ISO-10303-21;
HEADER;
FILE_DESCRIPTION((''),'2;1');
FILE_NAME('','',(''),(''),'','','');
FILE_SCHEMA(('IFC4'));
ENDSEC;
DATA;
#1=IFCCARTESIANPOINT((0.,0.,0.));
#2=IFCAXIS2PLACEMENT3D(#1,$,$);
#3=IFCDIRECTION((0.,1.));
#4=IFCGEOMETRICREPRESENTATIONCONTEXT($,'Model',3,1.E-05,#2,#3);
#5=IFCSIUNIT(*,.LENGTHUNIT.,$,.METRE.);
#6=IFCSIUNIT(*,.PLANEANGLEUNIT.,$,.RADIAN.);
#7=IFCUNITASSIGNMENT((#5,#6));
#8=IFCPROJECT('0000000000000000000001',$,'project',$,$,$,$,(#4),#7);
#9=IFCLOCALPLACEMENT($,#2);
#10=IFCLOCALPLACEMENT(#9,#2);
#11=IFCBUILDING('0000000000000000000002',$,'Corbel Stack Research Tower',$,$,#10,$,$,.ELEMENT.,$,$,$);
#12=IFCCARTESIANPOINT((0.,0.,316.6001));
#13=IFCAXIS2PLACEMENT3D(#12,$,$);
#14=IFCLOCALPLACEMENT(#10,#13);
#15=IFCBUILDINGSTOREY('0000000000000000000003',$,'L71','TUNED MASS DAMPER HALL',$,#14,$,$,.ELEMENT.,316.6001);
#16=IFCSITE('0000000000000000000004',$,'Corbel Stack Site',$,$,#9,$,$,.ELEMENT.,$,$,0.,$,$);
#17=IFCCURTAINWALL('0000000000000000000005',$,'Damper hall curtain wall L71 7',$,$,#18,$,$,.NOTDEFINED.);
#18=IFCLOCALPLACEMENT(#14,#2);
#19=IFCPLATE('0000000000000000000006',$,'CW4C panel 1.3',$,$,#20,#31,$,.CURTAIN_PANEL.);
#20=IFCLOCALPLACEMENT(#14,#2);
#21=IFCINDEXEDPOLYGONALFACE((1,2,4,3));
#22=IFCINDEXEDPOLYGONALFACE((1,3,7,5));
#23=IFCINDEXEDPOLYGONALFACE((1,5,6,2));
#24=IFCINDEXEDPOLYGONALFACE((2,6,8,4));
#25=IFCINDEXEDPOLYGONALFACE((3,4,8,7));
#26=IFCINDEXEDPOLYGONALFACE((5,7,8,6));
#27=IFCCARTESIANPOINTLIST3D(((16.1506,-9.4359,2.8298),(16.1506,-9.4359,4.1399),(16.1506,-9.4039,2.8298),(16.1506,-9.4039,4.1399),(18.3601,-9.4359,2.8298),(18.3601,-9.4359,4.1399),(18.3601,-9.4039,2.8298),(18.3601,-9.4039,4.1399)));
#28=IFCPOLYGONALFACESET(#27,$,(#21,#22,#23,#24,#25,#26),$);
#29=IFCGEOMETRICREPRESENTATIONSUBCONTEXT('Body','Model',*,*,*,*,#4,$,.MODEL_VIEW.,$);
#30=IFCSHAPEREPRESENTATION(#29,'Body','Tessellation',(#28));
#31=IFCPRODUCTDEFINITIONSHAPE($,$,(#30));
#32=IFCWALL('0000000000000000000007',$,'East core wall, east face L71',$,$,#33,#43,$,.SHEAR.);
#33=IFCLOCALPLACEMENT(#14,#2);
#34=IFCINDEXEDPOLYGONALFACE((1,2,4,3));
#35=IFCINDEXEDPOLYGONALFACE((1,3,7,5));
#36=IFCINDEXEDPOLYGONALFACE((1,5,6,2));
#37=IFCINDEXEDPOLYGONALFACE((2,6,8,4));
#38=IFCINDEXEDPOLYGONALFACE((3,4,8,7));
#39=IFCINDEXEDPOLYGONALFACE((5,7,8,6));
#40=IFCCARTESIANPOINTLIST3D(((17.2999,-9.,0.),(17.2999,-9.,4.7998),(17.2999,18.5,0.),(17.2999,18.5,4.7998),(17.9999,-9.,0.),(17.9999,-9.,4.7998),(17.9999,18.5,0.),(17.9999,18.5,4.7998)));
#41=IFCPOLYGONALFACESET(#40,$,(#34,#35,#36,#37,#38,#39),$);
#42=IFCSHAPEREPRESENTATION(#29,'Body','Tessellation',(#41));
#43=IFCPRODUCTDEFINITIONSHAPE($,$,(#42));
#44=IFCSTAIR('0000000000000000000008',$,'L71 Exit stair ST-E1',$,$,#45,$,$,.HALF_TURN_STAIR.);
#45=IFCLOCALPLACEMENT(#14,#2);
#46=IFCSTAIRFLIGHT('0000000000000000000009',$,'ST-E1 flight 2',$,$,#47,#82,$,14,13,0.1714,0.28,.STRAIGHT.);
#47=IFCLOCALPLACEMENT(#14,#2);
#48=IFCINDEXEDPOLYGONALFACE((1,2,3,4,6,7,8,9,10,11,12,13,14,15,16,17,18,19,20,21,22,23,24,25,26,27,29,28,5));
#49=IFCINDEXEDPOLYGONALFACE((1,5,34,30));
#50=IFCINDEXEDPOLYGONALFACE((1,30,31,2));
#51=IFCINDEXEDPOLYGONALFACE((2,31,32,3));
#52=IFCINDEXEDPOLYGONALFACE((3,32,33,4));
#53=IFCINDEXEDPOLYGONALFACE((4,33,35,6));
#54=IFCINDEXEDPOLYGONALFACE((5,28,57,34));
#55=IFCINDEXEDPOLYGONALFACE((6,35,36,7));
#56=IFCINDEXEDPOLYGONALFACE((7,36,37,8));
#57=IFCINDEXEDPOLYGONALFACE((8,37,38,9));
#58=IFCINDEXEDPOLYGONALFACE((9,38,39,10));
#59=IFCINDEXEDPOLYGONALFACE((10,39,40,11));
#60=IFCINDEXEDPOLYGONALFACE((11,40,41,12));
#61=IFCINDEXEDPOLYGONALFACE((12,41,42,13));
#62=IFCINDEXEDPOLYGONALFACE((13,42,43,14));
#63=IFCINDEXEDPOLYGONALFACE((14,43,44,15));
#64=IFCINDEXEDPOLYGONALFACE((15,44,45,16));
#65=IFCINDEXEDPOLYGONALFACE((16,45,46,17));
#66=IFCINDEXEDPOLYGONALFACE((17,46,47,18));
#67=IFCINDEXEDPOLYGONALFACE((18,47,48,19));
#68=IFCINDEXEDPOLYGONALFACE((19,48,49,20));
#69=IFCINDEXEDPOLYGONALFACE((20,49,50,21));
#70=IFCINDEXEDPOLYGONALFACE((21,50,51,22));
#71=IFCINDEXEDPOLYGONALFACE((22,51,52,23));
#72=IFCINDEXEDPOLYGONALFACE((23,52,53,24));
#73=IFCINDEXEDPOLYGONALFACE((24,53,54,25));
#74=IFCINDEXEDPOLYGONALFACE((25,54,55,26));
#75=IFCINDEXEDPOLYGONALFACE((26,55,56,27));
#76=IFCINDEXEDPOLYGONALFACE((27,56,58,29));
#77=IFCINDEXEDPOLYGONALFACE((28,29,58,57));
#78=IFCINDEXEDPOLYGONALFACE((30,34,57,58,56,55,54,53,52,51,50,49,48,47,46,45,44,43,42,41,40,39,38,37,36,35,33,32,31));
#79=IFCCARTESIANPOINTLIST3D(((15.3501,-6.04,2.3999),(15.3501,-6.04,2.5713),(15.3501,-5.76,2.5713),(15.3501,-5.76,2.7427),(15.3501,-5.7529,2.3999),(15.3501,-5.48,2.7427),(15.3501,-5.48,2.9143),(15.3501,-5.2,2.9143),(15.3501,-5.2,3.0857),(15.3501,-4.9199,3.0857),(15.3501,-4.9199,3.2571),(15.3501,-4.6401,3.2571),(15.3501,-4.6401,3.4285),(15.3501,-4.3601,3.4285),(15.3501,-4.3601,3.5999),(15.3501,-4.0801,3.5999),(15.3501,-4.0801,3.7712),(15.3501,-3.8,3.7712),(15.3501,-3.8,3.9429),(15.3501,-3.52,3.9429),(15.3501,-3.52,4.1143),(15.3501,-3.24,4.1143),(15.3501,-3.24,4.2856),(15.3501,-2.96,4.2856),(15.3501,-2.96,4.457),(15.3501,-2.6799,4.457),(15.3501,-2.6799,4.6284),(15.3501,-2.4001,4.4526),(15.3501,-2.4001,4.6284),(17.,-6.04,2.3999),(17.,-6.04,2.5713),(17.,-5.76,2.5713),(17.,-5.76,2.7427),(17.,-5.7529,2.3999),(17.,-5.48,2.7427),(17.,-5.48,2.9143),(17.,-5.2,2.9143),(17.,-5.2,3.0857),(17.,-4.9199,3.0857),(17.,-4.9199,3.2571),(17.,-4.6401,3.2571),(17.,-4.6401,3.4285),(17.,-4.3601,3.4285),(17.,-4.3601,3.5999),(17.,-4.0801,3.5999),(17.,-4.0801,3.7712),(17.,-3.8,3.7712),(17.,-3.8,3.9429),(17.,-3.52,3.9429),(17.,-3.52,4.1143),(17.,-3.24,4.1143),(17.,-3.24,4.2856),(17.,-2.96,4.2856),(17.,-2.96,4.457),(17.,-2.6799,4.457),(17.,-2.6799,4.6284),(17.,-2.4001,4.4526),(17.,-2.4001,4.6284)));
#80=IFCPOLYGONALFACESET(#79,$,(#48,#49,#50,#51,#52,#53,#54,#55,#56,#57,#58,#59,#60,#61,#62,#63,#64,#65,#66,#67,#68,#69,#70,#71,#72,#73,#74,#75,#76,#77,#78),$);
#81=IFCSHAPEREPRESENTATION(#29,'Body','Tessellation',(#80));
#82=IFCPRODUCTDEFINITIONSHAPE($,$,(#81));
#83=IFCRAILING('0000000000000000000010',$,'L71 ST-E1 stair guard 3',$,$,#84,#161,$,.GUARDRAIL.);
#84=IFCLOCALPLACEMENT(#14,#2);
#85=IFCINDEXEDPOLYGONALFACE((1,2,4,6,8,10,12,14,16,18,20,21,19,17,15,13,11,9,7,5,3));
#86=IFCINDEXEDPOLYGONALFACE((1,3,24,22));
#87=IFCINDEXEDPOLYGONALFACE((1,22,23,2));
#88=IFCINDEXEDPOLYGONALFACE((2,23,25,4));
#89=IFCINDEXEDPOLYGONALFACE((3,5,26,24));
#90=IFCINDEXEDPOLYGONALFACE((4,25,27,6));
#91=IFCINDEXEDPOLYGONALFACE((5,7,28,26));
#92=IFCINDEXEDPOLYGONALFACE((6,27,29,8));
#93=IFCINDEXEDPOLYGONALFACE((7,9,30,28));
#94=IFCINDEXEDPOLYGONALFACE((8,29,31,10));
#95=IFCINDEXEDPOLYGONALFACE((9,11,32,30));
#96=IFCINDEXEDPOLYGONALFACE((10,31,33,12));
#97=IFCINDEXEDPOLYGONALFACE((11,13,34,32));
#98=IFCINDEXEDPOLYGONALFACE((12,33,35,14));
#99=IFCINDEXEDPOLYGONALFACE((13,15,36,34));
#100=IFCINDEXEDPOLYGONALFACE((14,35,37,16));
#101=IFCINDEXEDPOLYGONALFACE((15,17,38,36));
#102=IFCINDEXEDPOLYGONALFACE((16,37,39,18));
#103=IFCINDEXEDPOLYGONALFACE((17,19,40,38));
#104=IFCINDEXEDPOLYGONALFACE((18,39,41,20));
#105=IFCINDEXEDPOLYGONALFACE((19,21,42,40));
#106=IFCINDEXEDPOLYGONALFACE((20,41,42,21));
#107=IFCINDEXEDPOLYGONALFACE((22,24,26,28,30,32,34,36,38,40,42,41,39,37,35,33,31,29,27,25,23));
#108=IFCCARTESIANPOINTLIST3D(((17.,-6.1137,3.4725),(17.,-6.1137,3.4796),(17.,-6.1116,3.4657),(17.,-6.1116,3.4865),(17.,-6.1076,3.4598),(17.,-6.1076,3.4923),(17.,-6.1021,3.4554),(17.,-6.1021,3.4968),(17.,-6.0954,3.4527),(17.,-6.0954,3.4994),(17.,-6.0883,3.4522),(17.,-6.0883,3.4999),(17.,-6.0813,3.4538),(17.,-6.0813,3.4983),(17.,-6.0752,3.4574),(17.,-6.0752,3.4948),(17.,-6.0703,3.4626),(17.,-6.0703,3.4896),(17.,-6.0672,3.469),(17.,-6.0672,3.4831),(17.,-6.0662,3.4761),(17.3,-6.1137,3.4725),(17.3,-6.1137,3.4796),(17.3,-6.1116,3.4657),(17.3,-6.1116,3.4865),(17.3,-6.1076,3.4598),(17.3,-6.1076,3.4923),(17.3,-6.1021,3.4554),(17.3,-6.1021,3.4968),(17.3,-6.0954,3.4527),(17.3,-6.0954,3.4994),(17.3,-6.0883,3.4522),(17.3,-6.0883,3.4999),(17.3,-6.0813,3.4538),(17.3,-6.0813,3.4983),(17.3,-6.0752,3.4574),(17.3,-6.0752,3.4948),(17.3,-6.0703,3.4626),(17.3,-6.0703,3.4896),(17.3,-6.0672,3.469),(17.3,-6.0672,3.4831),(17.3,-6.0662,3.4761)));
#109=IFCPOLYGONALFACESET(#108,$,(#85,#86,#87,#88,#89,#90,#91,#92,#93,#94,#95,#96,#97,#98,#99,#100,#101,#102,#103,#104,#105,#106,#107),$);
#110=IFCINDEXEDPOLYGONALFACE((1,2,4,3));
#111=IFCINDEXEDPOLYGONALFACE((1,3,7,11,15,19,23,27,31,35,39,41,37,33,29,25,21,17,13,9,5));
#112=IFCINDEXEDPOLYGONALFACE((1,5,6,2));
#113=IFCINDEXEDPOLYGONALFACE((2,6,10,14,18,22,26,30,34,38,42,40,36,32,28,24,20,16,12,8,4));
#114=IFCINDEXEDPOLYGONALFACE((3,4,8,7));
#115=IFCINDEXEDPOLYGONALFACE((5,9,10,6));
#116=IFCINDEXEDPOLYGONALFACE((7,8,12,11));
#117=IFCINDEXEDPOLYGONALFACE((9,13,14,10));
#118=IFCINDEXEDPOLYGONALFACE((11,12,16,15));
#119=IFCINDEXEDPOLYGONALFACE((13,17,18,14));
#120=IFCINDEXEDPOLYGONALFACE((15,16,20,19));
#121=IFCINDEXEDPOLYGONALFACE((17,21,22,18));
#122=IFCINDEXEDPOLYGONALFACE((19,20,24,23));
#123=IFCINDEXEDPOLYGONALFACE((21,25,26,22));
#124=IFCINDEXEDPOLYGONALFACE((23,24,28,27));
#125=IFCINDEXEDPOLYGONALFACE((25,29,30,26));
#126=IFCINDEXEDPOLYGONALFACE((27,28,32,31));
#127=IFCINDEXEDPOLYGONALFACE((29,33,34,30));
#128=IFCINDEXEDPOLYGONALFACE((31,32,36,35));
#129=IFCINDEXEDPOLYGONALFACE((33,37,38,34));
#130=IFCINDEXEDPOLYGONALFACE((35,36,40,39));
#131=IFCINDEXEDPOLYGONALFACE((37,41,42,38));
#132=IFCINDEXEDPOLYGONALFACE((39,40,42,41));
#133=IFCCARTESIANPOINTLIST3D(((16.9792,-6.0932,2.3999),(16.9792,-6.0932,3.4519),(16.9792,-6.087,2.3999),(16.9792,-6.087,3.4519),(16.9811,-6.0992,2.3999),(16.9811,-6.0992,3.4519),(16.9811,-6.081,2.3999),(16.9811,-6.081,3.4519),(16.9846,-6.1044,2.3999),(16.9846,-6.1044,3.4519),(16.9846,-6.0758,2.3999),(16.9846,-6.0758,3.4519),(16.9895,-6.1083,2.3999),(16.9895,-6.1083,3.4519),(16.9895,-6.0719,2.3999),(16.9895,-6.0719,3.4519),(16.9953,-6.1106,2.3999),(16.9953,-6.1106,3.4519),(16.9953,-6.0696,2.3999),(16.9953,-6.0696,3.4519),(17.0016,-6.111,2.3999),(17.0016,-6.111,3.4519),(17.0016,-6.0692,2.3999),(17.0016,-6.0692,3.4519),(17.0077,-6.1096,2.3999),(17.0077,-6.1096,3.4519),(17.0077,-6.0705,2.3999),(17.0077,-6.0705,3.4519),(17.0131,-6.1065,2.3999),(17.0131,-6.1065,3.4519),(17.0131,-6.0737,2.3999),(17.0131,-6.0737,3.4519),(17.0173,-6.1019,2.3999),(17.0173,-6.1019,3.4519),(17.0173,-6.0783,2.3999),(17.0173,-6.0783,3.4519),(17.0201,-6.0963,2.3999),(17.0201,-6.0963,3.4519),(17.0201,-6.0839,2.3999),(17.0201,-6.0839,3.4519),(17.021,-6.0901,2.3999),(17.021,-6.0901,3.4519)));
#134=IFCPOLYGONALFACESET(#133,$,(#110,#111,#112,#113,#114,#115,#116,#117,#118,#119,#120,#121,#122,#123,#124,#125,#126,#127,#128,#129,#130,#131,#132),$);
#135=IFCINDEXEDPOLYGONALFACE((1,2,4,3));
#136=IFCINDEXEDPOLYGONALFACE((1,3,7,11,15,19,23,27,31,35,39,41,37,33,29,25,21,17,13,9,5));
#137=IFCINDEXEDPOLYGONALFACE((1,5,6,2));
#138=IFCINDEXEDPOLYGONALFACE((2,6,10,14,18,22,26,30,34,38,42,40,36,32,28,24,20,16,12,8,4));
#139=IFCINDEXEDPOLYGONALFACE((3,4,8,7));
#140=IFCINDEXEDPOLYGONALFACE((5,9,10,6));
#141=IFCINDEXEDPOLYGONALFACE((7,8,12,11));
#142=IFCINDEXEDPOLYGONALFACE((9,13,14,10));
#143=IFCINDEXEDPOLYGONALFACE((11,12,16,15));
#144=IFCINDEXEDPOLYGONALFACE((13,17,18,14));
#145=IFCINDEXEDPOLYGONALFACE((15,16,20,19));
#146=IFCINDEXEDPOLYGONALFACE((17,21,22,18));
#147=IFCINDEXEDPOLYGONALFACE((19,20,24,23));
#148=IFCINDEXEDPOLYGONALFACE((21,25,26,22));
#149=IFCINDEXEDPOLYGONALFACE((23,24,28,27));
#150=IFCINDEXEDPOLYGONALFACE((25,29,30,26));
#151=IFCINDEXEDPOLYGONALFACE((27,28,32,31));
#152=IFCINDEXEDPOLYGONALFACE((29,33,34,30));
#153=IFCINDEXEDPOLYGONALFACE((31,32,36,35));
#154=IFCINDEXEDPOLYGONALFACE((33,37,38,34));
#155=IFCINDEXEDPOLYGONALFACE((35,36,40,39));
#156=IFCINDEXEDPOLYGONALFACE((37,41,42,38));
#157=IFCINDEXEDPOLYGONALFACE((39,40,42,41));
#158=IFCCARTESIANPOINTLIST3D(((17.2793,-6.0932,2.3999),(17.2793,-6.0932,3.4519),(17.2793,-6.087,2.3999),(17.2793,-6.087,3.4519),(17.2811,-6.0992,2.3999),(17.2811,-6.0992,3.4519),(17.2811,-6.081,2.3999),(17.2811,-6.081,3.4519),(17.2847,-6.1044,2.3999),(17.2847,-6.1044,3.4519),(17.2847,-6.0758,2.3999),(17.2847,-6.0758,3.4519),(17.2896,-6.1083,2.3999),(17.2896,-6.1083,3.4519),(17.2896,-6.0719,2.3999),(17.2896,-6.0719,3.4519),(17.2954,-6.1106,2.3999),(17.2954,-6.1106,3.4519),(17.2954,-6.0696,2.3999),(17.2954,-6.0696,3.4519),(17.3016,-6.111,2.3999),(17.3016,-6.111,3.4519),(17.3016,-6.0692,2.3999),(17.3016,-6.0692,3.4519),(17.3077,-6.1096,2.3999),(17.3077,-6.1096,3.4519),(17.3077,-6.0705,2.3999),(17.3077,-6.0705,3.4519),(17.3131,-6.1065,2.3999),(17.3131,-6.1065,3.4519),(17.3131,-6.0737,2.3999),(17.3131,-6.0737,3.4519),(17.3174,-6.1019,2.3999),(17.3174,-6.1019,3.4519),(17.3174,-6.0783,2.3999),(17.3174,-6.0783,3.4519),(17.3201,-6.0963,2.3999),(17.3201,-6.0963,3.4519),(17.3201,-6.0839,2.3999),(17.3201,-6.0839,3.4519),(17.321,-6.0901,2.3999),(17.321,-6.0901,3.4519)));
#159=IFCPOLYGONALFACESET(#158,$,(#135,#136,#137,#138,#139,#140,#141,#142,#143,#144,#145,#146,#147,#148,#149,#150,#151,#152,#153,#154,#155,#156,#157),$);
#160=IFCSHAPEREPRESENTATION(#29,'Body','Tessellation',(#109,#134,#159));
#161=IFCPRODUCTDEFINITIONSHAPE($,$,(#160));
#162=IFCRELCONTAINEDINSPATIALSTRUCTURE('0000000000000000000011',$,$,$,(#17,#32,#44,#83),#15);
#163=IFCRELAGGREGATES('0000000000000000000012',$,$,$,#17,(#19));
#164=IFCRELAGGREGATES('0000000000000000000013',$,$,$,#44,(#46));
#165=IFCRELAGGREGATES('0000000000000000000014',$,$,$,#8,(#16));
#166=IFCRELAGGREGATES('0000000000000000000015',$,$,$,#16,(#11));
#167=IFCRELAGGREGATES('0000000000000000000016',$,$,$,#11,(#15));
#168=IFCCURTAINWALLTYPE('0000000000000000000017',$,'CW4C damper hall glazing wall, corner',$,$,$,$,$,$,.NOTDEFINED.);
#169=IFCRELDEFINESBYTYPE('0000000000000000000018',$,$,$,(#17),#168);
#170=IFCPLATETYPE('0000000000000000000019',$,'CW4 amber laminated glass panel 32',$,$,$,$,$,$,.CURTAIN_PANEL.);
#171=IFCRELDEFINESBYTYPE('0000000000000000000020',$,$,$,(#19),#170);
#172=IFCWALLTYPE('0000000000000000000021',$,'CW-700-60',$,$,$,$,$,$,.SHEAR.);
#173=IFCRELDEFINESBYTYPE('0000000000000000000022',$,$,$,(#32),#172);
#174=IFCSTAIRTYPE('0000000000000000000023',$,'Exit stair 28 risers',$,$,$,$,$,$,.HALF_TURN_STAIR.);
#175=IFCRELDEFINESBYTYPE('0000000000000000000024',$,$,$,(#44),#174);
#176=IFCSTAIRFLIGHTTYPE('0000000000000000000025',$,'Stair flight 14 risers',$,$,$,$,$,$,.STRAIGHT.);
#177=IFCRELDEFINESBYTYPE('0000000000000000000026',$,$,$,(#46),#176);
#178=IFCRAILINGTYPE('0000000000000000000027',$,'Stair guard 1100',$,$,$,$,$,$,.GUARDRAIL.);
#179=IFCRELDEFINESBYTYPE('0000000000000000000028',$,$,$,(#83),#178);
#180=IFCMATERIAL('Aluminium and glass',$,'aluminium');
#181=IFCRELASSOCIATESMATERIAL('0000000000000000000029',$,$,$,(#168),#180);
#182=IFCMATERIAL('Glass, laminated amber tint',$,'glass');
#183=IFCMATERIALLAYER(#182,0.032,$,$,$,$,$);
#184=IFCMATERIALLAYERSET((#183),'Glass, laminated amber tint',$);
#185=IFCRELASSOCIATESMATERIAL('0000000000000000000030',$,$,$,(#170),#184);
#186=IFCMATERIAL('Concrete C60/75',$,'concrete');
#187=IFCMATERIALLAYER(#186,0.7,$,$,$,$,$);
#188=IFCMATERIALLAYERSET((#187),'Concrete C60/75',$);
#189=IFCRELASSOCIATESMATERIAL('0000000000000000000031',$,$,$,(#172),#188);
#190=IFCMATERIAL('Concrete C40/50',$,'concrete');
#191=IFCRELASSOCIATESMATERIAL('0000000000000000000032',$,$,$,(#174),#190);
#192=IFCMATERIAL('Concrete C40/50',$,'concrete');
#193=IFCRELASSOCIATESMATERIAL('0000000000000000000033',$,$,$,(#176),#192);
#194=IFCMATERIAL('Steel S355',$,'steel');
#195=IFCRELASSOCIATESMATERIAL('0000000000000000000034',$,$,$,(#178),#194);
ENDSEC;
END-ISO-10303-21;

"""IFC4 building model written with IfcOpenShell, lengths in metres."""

from ifc_helpers import new_model, si_unit, direction, frame, frame_2d, origin, origin_2d, place, context, subcontext, project, spatial, polyline, rectangle, circle, outline, extrude, material, layer, layer_set, type_object, element, aggregate, save


model = new_model("IFC4")

# Units and contexts
model_context = context("Model", 3, precision=1e-05, world=origin(), true_north=direction((0.0, 1.0)))
body_context = subcontext(model_context, "Body", "Model", "MODEL_VIEW")
ifc_project = project(units=[si_unit("LENGTHUNIT", "METRE"), si_unit("PLANEANGLEUNIT", "RADIAN")], contexts=[model_context])

# Site, building, storey
site_placement = place(None, origin())
site = spatial("IfcSite", under=ifc_project, at=site_placement, Name="Corbel Stack Site", CompositionType="ELEMENT", RefElevation=0.0)
building_placement = place(site_placement, origin())
building = spatial("IfcBuilding", under=site, at=building_placement, Name="Corbel Stack Research Tower", CompositionType="ELEMENT")
storey_placement = place(building_placement, frame((0.0, 0.0, 316.6001)))
storey = spatial("IfcBuildingStorey", under=building, at=storey_placement, Name="L71", Description="TUNED MASS DAMPER HALL", CompositionType="ELEMENT", Elevation=316.6001)

# Curtain wall
ifc_material_1 = material(Name="Aluminium and glass", Category="aluminium")
curtain_wall_type = type_object("IfcCurtainWallType", Name="CW4C damper hall glazing wall, corner", PredefinedType="NOTDEFINED", material=ifc_material_1)
curtain_wall_1_placement = place(storey_placement, origin())
curtain_wall_1 = element("IfcCurtainWall", 1, at=curtain_wall_1_placement, inside=storey, type_object=curtain_wall_type, Name="Damper hall curtain wall L71 7", PredefinedType="NOTDEFINED")

# Plate
ifc_material_2 = material(Name="Glass, laminated amber tint", Category="glass")
ifc_layer_1 = layer(ifc_material_2, 0.032)
ifc_layer_set_1 = layer_set([ifc_layer_1], Name="Glass, laminated amber tint")
plate_type = type_object("IfcPlateType", Name="CW4 amber laminated glass panel 32", PredefinedType="CURTAIN_PANEL", material=ifc_layer_set_1)
plate_1_placement = place(storey_placement, frame((17.2554, -9.4199, 2.8298), z_axis=(0.0, 0.0, 1.0), x_axis=(-1.0, 0.0, 0.0)))
plate_1 = element("IfcPlate", 2, at=plate_1_placement, type_object=plate_type, Name="CW4C panel 1.3", PredefinedType="CURTAIN_PANEL", context=body_context, shape_type="SweptSolid", body=[
    extrude(rectangle(XDim=2.2095, YDim=0.032, at=origin_2d()), origin(), (0.0, 0.0, 1.0), 1.3101),
])
aggregate(curtain_wall_1, [plate_1])

# Wall
ifc_material_3 = material(Name="Concrete C60/75", Category="concrete")
ifc_layer_2 = layer(ifc_material_3, 0.7)
ifc_layer_set_2 = layer_set([ifc_layer_2], Name="Concrete C60/75")
wall_type = type_object("IfcWallType", Name="CW-700-60", PredefinedType="SHEAR", material=ifc_layer_set_2)
wall_placement = place(storey_placement, frame((17.6499, -9.0, 0.0), z_axis=(0.0, 0.0, 1.0), x_axis=(0.0, 1.0, 0.0)))
element("IfcWall", 3, at=wall_placement, inside=storey, type_object=wall_type, Name="East core wall, east face L71", PredefinedType="SHEAR", context=body_context, shape_type="SweptSolid", body=[
    extrude(rectangle(XDim=27.5, YDim=0.7, at=frame_2d((13.75, 0.0))), origin(), (0.0, 0.0, 1.0), 4.7998),
])

# Stair, stair flight
ifc_material_4 = material(Name="Concrete C40/50", Category="concrete")
stair_type = type_object("IfcStairType", Name="Exit stair 28 risers", PredefinedType="HALF_TURN_STAIR", material=ifc_material_4)
stair_placement = place(storey_placement, origin())
stair = element("IfcStair", 4, at=stair_placement, inside=storey, type_object=stair_type, Name="L71 Exit stair ST-E1", PredefinedType="HALF_TURN_STAIR")
ifc_material_5 = material(Name="Concrete C40/50", Category="concrete")
stair_flight_type = type_object("IfcStairFlightType", Name="Stair flight 14 risers", PredefinedType="STRAIGHT", material=ifc_material_5)
stair_flight_placement = place(storey_placement, frame((16.175, -6.04, 2.3999), z_axis=(0.0, 0.0, 1.0), x_axis=(0.0, 1.0, 0.0)))
stair_flight = element("IfcStairFlight", 5, at=stair_flight_placement, type_object=stair_flight_type, Name="ST-E1 flight 2", NumberOfRisers=14, NumberOfTreads=13, PredefinedType="STRAIGHT", RiserHeight=0.1714, TreadLength=0.28, context=body_context, shape_type="SweptSolid", body=[
    extrude(outline(polyline([(0.0, 0.0), (0.0, 0.1714), (0.28, 0.1714), (0.28, 0.3428), (0.5601, 0.3428), (0.5601, 0.5144), (0.8401, 0.5144), (0.8401, 0.6858), (1.1201, 0.6858), (1.1201, 0.8572), (1.3999, 0.8572), (1.3999, 1.0286), (1.6799, 1.0286), (1.6799, 1.2), (1.96, 1.2), (1.96, 1.3713), (2.24, 1.3713), (2.24, 1.543), (2.52, 1.543), (2.52, 1.7144), (2.8, 1.7144), (2.8, 1.8857), (3.0801, 1.8857), (3.0801, 2.0571), (3.3601, 2.0571), (3.3601, 2.2285), (3.6399, 2.2285), (3.6399, 2.3999), (3.6399, 2.0527), (0.2871, 0.0), (0.0, 0.0)])), frame((0.0, 0.825, 0.0), z_axis=(0.0, -1.0, 0.0), x_axis=(1.0, 0.0, 0.0)), (0.0, 0.0, 1.0), 1.6499),
])
aggregate(stair, [stair_flight])

# Railing
ifc_material_6 = material(Name="Steel S355", Category="steel")
railing_type_1 = type_object("IfcRailingType", Name="Stair guard 1100", PredefinedType="GUARDRAIL", material=ifc_material_6)
railing_1_placement = place(storey_placement, frame((17.0, -6.0901, 2.3999)))
element("IfcRailing", 6, at=railing_1_placement, inside=storey, type_object=railing_type_1, Name="L71 ST-E1 stair guard 3", PredefinedType="GUARDRAIL", context=body_context, shape_type="SweptSolid", body=[
    extrude(circle(Radius=0.0239, at=origin_2d()), frame((0.0, 0.0, 1.0762), z_axis=(1.0, 0.0, 0.0), x_axis=(0.0, 1.0, 0.0)), (0.0, 0.0, 1.0), 0.3),
    extrude(circle(Radius=0.021, at=origin_2d()), origin(), (0.0, 0.0, 1.0), 1.052),
    extrude(circle(Radius=0.021, at=origin_2d()), frame((0.3, 0.0, 0.0)), (0.0, 0.0, 1.0), 1.052),
])

save(model, "model.ifc")
